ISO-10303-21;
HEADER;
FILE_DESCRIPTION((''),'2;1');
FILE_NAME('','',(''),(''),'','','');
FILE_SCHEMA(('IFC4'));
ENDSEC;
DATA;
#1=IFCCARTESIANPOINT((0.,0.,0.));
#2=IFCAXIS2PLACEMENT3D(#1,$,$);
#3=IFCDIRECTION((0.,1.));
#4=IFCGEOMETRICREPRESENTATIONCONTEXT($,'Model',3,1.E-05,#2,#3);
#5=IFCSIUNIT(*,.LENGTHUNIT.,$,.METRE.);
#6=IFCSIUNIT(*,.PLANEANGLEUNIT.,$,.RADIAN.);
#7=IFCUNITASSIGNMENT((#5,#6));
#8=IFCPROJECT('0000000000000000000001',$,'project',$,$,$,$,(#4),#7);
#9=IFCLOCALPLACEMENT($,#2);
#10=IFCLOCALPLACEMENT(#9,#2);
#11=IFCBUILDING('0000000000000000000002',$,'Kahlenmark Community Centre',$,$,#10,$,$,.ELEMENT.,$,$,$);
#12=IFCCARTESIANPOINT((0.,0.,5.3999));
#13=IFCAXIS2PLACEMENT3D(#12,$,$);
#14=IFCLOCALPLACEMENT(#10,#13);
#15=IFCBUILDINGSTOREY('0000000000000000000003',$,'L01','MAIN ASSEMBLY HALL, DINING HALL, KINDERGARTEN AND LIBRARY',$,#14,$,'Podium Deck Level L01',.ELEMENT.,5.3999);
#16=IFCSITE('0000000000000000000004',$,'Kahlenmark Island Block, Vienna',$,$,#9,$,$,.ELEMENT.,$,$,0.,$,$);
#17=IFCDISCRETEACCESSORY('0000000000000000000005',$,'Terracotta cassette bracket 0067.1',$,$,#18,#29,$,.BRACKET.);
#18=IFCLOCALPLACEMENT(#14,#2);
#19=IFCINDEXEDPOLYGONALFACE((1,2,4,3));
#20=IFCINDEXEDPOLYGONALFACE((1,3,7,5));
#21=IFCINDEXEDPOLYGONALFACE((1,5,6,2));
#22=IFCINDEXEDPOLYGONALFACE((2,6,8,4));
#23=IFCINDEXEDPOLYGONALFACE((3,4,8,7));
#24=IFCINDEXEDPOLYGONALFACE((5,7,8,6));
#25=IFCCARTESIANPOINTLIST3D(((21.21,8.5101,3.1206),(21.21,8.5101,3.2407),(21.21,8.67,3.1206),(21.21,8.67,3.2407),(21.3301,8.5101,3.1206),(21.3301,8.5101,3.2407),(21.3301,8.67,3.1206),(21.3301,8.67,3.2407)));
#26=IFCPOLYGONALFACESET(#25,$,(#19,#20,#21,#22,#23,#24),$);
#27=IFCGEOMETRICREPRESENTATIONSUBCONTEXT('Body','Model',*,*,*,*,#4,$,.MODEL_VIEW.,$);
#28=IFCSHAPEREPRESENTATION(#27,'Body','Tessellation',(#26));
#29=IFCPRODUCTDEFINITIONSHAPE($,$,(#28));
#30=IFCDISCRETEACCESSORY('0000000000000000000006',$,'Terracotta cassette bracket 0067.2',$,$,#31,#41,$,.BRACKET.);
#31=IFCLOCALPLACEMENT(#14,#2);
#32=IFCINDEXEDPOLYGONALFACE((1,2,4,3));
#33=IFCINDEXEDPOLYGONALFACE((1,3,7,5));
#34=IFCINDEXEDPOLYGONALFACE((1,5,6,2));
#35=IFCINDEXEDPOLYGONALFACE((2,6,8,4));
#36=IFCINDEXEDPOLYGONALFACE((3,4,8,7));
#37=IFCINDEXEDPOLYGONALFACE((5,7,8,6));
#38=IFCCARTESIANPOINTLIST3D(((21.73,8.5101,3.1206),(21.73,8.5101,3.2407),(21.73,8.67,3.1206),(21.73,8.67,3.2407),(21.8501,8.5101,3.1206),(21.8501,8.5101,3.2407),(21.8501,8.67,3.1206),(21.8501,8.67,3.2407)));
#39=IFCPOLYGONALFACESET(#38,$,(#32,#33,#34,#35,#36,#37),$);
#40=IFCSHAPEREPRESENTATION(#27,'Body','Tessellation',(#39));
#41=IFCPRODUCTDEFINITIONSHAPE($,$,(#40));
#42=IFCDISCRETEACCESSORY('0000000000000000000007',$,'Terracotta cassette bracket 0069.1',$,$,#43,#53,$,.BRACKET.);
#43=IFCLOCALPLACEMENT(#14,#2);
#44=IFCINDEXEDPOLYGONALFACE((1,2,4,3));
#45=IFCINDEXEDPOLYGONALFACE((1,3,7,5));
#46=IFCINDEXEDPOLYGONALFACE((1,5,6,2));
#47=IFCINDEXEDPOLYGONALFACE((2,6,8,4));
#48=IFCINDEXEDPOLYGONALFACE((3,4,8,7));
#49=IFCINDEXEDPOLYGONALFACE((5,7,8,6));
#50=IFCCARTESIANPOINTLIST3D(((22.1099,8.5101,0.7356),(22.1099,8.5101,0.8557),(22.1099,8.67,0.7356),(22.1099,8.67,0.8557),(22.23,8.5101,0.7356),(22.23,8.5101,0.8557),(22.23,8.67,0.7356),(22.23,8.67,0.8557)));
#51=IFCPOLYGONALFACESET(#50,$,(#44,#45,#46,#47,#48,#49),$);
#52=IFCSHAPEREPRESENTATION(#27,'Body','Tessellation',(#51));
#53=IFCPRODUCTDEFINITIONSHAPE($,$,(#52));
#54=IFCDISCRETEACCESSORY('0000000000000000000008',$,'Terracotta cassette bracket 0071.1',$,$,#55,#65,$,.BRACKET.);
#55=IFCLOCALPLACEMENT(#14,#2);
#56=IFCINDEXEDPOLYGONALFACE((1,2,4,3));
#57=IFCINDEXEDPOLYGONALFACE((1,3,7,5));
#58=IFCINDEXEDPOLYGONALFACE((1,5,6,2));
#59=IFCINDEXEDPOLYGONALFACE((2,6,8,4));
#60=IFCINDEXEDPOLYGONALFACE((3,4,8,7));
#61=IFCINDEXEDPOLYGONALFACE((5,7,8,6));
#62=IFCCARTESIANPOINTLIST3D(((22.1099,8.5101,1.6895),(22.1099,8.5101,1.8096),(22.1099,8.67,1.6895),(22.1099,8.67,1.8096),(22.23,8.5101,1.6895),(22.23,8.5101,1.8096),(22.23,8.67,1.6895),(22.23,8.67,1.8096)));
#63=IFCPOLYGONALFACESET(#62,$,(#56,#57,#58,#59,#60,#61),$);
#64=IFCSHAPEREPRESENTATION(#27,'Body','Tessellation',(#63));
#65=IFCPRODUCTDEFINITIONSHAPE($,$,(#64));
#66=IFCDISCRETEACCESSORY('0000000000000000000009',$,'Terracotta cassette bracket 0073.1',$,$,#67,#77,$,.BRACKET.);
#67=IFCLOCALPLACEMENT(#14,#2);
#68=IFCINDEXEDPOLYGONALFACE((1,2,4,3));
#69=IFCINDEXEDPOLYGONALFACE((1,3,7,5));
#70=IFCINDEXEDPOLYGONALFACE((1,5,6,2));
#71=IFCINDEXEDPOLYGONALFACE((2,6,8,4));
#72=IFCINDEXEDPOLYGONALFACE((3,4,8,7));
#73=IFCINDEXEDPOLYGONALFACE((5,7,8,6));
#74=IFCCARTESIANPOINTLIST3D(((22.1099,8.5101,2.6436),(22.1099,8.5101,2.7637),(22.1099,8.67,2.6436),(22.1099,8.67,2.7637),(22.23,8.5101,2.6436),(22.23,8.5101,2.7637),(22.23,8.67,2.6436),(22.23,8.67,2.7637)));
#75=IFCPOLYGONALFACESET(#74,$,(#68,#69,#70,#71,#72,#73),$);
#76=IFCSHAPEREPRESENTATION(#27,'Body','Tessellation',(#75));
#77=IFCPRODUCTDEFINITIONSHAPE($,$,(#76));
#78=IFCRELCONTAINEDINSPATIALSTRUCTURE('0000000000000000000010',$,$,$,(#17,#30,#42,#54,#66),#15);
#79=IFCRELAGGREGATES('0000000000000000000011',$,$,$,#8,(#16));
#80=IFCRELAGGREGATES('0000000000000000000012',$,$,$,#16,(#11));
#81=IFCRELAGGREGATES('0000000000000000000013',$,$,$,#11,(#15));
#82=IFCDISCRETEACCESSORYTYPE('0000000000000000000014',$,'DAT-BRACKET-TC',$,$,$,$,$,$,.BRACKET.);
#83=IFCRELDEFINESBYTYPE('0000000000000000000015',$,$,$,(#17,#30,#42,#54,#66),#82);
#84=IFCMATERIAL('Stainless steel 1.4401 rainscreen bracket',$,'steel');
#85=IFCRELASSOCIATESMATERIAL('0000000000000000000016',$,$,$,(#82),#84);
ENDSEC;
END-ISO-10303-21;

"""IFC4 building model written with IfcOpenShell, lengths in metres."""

from ifc_helpers import new_model, si_unit, direction, frame, origin, origin_2d, place, context, subcontext, project, spatial, rectangle, extrude, material, type_object, element, save


model = new_model("IFC4")

# Units and contexts
model_context = context("Model", 3, precision=1e-05, world=origin(), true_north=direction((0.0, 1.0)))
body_context = subcontext(model_context, "Body", "Model", "MODEL_VIEW")
ifc_project = project(units=[si_unit("LENGTHUNIT", "METRE"), si_unit("PLANEANGLEUNIT", "RADIAN")], contexts=[model_context])

# Site, building, storey
site_placement = place(None, origin())
site = spatial("IfcSite", under=ifc_project, at=site_placement, Name="Kahlenmark Island Block, Vienna", CompositionType="ELEMENT", RefElevation=0.0)
building_placement = place(site_placement, origin())
building = spatial("IfcBuilding", under=site, at=building_placement, Name="Kahlenmark Community Centre", CompositionType="ELEMENT")
storey_placement = place(building_placement, frame((0.0, 0.0, 5.3999)))
storey = spatial("IfcBuildingStorey", under=building, at=storey_placement, Name="L01", Description="MAIN ASSEMBLY HALL, DINING HALL, KINDERGARTEN AND LIBRARY", LongName="Podium Deck Level L01", CompositionType="ELEMENT", Elevation=5.3999)

# Discrete accessories
ifc_material_1 = material(Name="Stainless steel 1.4401 rainscreen bracket", Category="steel")
discrete_accessory_type = type_object("IfcDiscreteAccessoryType", Name="DAT-BRACKET-TC", PredefinedType="BRACKET", material=ifc_material_1)
for number, where, z_axis, x_axis, name in (
    (1, (21.27, 8.5901, 3.1206), (0.0, 0.0, 1.0), (1.0, 0.0, 0.0), "Terracotta cassette bracket 0067.1"),
    (2, (21.79, 8.5901, 3.1206), (0.0, 0.0, 1.0), (1.0, 0.0, 0.0), "Terracotta cassette bracket 0067.2"),
    (3, (22.1699, 8.5901, 0.7356), (0.0, 0.0, 1.0), (1.0, 0.0, 0.0), "Terracotta cassette bracket 0069.1"),
    (4, (22.1699, 8.5901, 1.6895), (0.0, 0.0, 1.0), (1.0, 0.0, 0.0), "Terracotta cassette bracket 0071.1"),
    (5, (22.1699, 8.5901, 2.6436), (0.0, 0.0, 1.0), (1.0, 0.0, 0.0), "Terracotta cassette bracket 0073.1"),
):
    element("IfcDiscreteAccessory", number, at=place(storey_placement, frame(where, z_axis=z_axis, x_axis=x_axis)), inside=storey, type_object=discrete_accessory_type, Name=name, PredefinedType="BRACKET", context=body_context, shape_type="SweptSolid", body=[
        extrude(rectangle(XDim=0.1201, YDim=0.1599, at=origin_2d()), origin(), (0.0, 0.0, 1.0), 0.1201),
    ])

save(model, "model.ifc")
